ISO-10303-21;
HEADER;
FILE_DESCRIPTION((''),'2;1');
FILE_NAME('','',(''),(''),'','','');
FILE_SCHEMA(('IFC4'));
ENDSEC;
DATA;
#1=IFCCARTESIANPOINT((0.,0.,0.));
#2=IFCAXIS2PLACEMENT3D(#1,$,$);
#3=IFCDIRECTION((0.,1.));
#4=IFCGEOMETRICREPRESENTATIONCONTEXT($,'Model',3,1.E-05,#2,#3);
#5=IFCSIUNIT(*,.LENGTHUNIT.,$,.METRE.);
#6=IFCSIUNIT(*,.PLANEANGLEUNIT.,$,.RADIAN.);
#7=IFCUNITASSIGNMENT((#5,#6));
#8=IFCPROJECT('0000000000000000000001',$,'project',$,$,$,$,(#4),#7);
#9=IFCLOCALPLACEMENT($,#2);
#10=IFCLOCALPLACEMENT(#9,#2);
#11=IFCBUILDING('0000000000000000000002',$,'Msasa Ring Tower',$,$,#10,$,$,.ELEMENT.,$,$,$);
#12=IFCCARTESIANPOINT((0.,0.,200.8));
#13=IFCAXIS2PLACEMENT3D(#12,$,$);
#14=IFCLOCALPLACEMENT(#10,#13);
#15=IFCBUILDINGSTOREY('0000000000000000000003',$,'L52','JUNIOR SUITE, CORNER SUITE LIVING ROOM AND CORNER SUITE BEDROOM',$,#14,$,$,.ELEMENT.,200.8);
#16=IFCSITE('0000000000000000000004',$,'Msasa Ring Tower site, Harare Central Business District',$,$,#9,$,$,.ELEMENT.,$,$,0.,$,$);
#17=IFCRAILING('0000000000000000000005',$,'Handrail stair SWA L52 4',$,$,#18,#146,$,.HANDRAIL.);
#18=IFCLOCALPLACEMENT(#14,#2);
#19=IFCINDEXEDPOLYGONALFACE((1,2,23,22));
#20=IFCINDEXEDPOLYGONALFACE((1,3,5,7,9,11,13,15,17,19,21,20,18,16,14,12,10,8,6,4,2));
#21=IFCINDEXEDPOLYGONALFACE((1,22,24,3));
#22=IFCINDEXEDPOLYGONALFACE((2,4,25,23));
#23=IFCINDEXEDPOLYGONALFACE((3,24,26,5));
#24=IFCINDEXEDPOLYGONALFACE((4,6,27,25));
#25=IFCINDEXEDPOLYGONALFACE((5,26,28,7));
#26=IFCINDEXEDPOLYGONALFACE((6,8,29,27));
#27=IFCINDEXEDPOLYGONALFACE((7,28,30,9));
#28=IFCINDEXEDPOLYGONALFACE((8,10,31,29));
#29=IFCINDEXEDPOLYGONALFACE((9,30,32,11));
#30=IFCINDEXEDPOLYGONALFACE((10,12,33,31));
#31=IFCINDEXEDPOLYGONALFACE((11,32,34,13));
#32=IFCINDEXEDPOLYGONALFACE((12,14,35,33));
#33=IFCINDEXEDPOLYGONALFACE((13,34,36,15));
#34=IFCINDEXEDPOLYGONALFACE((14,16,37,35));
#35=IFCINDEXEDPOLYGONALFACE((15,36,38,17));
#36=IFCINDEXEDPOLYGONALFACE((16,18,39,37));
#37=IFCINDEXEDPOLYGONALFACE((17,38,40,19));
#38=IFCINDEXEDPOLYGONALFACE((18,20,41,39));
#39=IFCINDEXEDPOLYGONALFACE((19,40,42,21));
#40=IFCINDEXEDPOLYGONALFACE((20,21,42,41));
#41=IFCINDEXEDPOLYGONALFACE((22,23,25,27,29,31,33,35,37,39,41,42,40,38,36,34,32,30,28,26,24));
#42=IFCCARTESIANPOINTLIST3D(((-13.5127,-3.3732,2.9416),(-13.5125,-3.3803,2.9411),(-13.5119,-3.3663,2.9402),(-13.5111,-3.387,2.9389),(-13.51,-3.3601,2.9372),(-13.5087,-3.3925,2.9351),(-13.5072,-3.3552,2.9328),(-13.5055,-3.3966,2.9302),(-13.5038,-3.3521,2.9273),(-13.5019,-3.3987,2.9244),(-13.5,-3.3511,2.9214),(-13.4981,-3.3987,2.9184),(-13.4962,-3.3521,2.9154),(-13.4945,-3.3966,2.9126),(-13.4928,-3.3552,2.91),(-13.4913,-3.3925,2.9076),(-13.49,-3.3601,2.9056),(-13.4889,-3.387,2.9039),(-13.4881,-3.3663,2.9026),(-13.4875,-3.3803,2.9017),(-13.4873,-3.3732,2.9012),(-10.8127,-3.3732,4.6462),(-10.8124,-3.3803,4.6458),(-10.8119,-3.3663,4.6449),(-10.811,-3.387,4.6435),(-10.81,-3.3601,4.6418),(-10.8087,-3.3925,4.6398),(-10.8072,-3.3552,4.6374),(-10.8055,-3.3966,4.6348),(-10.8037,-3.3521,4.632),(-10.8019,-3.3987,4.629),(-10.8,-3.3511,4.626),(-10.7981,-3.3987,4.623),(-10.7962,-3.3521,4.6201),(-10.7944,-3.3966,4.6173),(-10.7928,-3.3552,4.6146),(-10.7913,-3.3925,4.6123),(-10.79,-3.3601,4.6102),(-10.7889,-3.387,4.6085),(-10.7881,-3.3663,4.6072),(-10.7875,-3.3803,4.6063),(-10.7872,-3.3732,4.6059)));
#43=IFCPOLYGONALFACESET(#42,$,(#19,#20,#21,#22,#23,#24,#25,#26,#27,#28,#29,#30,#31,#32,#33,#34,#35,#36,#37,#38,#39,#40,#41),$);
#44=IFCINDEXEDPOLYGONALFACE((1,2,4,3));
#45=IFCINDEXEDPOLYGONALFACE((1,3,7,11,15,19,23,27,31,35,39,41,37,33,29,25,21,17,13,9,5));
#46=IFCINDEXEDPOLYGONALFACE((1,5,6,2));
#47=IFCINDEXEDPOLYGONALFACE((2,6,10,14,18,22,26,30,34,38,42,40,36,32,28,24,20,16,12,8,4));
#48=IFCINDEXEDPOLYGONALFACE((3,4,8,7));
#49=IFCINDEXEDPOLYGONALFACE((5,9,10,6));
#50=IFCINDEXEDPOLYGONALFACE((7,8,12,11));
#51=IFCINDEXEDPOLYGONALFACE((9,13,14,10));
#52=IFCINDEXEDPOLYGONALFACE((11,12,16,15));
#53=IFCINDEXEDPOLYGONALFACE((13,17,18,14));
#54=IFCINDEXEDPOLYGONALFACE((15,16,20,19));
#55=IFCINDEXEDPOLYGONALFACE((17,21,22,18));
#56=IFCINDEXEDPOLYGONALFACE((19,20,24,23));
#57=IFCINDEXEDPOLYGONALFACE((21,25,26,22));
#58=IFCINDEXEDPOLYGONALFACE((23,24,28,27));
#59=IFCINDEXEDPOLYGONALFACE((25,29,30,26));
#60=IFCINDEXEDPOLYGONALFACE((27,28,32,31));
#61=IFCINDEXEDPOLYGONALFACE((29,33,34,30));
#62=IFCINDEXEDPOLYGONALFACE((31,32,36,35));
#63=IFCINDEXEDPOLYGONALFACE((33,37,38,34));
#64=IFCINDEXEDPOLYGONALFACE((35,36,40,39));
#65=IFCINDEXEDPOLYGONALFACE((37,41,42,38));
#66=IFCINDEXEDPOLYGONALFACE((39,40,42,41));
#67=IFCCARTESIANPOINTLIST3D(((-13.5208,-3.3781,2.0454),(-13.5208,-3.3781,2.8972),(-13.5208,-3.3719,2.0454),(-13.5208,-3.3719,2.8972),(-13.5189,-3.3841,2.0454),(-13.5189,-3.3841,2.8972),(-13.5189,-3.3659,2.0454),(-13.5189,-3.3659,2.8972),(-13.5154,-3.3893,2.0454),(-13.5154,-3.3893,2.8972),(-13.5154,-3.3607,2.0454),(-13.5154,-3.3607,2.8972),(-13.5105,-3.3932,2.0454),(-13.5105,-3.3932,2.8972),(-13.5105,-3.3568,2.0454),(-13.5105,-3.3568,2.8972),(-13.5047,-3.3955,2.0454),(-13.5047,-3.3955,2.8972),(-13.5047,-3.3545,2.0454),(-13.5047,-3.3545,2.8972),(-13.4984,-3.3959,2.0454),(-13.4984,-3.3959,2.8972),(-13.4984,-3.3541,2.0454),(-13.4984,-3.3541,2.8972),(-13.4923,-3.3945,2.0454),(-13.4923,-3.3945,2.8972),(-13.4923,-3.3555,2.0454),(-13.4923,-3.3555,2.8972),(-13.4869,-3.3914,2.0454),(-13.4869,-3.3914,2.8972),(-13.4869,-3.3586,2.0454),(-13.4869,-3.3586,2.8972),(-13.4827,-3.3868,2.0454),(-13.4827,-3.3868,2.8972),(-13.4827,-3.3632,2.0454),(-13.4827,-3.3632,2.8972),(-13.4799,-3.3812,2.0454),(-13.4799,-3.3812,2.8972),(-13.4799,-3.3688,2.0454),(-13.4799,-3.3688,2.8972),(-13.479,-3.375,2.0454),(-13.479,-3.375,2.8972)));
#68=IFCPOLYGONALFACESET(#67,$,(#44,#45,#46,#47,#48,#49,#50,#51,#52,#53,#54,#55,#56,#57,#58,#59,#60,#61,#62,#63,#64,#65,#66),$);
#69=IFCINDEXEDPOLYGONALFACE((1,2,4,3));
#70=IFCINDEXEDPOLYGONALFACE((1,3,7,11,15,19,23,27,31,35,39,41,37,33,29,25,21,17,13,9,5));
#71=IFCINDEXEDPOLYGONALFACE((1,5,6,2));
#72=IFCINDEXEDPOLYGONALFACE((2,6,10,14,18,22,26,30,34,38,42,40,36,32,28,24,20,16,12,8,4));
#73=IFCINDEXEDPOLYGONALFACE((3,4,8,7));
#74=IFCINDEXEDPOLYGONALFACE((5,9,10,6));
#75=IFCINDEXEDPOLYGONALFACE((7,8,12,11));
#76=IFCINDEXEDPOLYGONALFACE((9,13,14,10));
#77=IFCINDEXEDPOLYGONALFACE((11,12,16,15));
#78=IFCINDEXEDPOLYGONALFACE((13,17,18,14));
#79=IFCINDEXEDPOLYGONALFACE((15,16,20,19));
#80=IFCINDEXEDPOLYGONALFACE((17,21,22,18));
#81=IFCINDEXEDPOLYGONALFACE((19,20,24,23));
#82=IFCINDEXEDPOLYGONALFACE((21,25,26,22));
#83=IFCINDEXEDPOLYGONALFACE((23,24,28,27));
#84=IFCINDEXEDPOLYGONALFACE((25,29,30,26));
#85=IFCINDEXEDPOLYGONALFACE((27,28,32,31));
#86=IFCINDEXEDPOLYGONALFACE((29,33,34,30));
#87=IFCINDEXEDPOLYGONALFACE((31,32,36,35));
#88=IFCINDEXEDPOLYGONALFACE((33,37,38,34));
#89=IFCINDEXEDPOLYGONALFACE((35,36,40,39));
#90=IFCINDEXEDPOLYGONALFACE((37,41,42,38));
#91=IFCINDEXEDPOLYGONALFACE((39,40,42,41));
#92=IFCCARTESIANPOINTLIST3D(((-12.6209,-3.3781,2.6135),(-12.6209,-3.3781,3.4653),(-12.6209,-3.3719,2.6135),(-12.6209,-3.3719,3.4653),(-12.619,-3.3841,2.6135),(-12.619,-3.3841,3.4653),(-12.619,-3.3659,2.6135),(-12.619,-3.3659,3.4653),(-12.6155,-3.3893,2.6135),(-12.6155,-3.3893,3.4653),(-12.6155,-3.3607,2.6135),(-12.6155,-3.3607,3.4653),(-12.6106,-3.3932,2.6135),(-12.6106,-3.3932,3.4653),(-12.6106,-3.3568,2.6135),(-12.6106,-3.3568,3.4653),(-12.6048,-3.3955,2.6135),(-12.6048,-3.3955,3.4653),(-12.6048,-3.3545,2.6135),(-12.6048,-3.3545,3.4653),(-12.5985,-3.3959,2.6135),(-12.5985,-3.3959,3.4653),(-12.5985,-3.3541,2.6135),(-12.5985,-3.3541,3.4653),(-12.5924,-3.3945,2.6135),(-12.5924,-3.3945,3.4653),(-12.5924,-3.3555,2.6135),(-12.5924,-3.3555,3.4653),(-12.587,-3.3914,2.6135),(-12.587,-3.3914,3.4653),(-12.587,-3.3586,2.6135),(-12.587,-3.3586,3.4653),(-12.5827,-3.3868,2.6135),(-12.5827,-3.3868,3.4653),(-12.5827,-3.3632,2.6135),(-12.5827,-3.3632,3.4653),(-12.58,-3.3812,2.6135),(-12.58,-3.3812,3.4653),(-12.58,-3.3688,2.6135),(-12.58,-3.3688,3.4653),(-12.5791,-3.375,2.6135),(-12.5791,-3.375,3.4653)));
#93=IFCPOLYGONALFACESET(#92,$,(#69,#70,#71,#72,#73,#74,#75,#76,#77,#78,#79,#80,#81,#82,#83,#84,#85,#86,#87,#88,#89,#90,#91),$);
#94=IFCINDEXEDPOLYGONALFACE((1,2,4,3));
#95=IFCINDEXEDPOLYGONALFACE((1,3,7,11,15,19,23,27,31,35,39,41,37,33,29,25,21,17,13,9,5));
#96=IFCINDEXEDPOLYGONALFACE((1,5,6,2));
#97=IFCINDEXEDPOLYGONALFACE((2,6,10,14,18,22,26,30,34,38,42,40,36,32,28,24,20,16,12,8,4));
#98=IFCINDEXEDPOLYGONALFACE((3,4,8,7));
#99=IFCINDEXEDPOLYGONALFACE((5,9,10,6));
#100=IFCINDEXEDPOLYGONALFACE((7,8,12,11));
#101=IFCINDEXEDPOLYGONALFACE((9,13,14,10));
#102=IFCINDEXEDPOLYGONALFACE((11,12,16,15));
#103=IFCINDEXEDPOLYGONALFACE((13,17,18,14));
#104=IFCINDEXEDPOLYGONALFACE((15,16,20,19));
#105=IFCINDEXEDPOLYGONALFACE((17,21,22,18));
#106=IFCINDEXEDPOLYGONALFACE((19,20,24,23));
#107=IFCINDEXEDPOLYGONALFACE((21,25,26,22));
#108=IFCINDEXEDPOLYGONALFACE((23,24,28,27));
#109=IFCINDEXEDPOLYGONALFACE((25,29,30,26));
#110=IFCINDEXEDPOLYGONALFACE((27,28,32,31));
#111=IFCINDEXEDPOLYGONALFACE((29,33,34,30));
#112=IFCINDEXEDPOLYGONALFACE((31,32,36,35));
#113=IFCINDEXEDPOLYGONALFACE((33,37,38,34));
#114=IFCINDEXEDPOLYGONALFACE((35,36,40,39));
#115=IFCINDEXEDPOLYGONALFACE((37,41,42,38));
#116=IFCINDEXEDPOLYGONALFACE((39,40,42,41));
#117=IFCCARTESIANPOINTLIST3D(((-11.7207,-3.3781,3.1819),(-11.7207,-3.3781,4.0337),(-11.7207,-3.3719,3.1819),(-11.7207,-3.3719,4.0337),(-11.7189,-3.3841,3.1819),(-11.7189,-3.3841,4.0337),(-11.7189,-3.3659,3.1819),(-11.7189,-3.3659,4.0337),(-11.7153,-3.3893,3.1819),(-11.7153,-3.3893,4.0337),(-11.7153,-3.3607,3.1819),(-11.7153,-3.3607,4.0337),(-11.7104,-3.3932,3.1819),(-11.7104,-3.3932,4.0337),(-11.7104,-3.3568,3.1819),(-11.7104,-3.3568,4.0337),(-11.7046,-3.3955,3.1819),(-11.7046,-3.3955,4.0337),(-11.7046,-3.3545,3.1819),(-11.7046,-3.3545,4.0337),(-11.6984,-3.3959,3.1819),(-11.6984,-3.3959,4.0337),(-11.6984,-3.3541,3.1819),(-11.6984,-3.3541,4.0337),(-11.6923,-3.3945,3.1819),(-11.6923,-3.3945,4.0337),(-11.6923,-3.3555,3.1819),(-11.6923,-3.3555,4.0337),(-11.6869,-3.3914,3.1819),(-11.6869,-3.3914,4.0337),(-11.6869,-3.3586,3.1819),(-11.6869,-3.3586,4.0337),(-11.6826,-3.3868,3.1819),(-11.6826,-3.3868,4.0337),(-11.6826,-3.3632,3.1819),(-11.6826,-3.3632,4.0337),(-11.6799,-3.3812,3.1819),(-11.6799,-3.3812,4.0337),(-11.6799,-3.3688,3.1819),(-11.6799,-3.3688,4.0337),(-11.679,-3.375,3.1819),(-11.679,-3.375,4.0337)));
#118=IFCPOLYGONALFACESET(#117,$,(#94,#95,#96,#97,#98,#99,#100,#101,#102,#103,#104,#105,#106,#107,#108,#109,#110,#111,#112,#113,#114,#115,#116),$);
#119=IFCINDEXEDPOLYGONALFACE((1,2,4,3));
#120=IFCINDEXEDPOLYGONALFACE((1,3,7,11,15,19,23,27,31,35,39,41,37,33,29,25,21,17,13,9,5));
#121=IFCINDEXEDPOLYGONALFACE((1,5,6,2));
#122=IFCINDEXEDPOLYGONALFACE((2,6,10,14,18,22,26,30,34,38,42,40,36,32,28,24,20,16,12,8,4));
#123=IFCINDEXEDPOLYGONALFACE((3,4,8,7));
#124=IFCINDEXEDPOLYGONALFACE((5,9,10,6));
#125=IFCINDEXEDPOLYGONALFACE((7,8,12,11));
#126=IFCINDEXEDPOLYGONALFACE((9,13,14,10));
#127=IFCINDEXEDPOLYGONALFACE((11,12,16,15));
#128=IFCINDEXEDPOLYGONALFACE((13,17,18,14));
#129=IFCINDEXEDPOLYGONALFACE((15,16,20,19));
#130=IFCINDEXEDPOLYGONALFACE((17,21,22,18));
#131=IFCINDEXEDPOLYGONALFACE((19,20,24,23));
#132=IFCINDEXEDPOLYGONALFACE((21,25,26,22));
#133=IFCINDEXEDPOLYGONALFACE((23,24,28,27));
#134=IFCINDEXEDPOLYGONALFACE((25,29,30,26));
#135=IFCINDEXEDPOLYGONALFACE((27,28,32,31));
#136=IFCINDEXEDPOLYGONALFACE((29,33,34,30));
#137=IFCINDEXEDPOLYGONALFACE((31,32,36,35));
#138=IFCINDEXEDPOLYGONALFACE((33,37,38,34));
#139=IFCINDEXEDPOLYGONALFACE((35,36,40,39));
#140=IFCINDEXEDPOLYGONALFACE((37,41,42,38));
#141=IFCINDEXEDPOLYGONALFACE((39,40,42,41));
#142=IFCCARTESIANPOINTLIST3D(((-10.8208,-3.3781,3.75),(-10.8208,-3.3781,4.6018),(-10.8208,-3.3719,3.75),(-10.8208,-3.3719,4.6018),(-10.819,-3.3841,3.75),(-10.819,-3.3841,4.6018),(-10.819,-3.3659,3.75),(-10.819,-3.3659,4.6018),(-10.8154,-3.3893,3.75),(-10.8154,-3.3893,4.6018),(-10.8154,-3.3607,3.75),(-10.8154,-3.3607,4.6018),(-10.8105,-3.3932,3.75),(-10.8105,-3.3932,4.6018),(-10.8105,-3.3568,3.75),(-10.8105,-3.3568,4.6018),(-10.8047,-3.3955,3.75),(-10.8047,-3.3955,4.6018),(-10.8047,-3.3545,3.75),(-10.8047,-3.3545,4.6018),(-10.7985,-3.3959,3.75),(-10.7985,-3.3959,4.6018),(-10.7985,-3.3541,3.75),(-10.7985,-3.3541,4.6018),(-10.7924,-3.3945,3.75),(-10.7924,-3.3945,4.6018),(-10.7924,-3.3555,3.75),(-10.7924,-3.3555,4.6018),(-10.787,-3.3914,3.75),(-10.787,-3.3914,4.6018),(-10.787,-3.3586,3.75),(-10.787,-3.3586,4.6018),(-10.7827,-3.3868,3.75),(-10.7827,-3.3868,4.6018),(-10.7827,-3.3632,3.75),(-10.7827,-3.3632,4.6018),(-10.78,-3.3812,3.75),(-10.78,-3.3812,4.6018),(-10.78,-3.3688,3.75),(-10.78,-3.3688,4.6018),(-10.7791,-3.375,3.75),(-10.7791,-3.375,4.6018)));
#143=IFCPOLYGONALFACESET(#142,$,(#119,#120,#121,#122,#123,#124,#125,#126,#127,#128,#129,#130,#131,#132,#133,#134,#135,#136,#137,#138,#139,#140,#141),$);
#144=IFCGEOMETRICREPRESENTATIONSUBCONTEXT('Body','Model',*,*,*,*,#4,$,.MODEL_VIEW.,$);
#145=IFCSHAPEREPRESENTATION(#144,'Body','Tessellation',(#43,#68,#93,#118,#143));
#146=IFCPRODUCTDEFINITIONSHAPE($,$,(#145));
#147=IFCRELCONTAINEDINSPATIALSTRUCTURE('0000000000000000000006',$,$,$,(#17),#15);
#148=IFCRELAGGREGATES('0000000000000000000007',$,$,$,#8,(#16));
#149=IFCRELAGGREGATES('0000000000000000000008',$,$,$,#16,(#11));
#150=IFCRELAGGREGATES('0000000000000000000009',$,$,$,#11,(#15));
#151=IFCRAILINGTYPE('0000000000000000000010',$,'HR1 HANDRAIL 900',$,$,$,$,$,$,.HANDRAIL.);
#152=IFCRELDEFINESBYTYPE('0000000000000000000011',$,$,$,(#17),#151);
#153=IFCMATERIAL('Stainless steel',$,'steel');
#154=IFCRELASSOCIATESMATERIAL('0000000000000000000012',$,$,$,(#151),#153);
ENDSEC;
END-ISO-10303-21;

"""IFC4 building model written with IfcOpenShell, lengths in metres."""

from ifc_helpers import new_model, si_unit, direction, frame, origin, origin_2d, place, context, subcontext, project, spatial, circle, extrude, material, type_object, element, save


model = new_model("IFC4")

# Units and contexts
model_context = context("Model", 3, precision=1e-05, world=origin(), true_north=direction((0.0, 1.0)))
body_context = subcontext(model_context, "Body", "Model", "MODEL_VIEW")
ifc_project = project(units=[si_unit("LENGTHUNIT", "METRE"), si_unit("PLANEANGLEUNIT", "RADIAN")], contexts=[model_context])

# Site, building, storey
site_placement = place(None, origin())
site = spatial("IfcSite", under=ifc_project, at=site_placement, Name="Msasa Ring Tower site, Harare Central Business District", CompositionType="ELEMENT", RefElevation=0.0)
building_placement = place(site_placement, origin())
building = spatial("IfcBuilding", under=site, at=building_placement, Name="Msasa Ring Tower", CompositionType="ELEMENT")
storey_placement = place(building_placement, frame((0.0, 0.0, 200.8)))
storey = spatial("IfcBuildingStorey", under=building, at=storey_placement, Name="L52", Description="JUNIOR SUITE, CORNER SUITE LIVING ROOM AND CORNER SUITE BEDROOM", CompositionType="ELEMENT", Elevation=200.8)

# Railing
ifc_material_1 = material(Name="Stainless steel", Category="steel")
railing_type = type_object("IfcRailingType", Name="HR1 HANDRAIL 900", PredefinedType="HANDRAIL", material=ifc_material_1)
for number, where, name in (
    (1, (-13.5, -3.375, 2.0454), "Handrail stair SWA L52 4"),
):
    element("IfcRailing", number, at=place(storey_placement, frame(where)), inside=storey, type_object=railing_type, Name=name, PredefinedType="HANDRAIL", context=body_context, shape_type="SweptSolid", body=[
        extrude(circle(Radius=0.0239, at=origin_2d()), frame((0.0, 0.0, 0.876), z_axis=(0.84558, 0.0, 0.533849), x_axis=(0.0, 1.0, 0.0)), (0.0, 0.0, 1.0), 3.1931),
        extrude(circle(Radius=0.021, at=origin_2d()), origin(), (0.0, 0.0, 1.0), 0.8518),
        extrude(circle(Radius=0.021, at=origin_2d()), frame((0.8999, 0.0, 0.5681)), (0.0, 0.0, 1.0), 0.8518),
        extrude(circle(Radius=0.021, at=origin_2d()), frame((1.8, 0.0, 1.1365)), (0.0, 0.0, 1.0), 0.8518),
        extrude(circle(Radius=0.021, at=origin_2d()), frame((2.7, 0.0, 1.7046)), (0.0, 0.0, 1.0), 0.8518),
    ])

save(model, "model.ifc")
